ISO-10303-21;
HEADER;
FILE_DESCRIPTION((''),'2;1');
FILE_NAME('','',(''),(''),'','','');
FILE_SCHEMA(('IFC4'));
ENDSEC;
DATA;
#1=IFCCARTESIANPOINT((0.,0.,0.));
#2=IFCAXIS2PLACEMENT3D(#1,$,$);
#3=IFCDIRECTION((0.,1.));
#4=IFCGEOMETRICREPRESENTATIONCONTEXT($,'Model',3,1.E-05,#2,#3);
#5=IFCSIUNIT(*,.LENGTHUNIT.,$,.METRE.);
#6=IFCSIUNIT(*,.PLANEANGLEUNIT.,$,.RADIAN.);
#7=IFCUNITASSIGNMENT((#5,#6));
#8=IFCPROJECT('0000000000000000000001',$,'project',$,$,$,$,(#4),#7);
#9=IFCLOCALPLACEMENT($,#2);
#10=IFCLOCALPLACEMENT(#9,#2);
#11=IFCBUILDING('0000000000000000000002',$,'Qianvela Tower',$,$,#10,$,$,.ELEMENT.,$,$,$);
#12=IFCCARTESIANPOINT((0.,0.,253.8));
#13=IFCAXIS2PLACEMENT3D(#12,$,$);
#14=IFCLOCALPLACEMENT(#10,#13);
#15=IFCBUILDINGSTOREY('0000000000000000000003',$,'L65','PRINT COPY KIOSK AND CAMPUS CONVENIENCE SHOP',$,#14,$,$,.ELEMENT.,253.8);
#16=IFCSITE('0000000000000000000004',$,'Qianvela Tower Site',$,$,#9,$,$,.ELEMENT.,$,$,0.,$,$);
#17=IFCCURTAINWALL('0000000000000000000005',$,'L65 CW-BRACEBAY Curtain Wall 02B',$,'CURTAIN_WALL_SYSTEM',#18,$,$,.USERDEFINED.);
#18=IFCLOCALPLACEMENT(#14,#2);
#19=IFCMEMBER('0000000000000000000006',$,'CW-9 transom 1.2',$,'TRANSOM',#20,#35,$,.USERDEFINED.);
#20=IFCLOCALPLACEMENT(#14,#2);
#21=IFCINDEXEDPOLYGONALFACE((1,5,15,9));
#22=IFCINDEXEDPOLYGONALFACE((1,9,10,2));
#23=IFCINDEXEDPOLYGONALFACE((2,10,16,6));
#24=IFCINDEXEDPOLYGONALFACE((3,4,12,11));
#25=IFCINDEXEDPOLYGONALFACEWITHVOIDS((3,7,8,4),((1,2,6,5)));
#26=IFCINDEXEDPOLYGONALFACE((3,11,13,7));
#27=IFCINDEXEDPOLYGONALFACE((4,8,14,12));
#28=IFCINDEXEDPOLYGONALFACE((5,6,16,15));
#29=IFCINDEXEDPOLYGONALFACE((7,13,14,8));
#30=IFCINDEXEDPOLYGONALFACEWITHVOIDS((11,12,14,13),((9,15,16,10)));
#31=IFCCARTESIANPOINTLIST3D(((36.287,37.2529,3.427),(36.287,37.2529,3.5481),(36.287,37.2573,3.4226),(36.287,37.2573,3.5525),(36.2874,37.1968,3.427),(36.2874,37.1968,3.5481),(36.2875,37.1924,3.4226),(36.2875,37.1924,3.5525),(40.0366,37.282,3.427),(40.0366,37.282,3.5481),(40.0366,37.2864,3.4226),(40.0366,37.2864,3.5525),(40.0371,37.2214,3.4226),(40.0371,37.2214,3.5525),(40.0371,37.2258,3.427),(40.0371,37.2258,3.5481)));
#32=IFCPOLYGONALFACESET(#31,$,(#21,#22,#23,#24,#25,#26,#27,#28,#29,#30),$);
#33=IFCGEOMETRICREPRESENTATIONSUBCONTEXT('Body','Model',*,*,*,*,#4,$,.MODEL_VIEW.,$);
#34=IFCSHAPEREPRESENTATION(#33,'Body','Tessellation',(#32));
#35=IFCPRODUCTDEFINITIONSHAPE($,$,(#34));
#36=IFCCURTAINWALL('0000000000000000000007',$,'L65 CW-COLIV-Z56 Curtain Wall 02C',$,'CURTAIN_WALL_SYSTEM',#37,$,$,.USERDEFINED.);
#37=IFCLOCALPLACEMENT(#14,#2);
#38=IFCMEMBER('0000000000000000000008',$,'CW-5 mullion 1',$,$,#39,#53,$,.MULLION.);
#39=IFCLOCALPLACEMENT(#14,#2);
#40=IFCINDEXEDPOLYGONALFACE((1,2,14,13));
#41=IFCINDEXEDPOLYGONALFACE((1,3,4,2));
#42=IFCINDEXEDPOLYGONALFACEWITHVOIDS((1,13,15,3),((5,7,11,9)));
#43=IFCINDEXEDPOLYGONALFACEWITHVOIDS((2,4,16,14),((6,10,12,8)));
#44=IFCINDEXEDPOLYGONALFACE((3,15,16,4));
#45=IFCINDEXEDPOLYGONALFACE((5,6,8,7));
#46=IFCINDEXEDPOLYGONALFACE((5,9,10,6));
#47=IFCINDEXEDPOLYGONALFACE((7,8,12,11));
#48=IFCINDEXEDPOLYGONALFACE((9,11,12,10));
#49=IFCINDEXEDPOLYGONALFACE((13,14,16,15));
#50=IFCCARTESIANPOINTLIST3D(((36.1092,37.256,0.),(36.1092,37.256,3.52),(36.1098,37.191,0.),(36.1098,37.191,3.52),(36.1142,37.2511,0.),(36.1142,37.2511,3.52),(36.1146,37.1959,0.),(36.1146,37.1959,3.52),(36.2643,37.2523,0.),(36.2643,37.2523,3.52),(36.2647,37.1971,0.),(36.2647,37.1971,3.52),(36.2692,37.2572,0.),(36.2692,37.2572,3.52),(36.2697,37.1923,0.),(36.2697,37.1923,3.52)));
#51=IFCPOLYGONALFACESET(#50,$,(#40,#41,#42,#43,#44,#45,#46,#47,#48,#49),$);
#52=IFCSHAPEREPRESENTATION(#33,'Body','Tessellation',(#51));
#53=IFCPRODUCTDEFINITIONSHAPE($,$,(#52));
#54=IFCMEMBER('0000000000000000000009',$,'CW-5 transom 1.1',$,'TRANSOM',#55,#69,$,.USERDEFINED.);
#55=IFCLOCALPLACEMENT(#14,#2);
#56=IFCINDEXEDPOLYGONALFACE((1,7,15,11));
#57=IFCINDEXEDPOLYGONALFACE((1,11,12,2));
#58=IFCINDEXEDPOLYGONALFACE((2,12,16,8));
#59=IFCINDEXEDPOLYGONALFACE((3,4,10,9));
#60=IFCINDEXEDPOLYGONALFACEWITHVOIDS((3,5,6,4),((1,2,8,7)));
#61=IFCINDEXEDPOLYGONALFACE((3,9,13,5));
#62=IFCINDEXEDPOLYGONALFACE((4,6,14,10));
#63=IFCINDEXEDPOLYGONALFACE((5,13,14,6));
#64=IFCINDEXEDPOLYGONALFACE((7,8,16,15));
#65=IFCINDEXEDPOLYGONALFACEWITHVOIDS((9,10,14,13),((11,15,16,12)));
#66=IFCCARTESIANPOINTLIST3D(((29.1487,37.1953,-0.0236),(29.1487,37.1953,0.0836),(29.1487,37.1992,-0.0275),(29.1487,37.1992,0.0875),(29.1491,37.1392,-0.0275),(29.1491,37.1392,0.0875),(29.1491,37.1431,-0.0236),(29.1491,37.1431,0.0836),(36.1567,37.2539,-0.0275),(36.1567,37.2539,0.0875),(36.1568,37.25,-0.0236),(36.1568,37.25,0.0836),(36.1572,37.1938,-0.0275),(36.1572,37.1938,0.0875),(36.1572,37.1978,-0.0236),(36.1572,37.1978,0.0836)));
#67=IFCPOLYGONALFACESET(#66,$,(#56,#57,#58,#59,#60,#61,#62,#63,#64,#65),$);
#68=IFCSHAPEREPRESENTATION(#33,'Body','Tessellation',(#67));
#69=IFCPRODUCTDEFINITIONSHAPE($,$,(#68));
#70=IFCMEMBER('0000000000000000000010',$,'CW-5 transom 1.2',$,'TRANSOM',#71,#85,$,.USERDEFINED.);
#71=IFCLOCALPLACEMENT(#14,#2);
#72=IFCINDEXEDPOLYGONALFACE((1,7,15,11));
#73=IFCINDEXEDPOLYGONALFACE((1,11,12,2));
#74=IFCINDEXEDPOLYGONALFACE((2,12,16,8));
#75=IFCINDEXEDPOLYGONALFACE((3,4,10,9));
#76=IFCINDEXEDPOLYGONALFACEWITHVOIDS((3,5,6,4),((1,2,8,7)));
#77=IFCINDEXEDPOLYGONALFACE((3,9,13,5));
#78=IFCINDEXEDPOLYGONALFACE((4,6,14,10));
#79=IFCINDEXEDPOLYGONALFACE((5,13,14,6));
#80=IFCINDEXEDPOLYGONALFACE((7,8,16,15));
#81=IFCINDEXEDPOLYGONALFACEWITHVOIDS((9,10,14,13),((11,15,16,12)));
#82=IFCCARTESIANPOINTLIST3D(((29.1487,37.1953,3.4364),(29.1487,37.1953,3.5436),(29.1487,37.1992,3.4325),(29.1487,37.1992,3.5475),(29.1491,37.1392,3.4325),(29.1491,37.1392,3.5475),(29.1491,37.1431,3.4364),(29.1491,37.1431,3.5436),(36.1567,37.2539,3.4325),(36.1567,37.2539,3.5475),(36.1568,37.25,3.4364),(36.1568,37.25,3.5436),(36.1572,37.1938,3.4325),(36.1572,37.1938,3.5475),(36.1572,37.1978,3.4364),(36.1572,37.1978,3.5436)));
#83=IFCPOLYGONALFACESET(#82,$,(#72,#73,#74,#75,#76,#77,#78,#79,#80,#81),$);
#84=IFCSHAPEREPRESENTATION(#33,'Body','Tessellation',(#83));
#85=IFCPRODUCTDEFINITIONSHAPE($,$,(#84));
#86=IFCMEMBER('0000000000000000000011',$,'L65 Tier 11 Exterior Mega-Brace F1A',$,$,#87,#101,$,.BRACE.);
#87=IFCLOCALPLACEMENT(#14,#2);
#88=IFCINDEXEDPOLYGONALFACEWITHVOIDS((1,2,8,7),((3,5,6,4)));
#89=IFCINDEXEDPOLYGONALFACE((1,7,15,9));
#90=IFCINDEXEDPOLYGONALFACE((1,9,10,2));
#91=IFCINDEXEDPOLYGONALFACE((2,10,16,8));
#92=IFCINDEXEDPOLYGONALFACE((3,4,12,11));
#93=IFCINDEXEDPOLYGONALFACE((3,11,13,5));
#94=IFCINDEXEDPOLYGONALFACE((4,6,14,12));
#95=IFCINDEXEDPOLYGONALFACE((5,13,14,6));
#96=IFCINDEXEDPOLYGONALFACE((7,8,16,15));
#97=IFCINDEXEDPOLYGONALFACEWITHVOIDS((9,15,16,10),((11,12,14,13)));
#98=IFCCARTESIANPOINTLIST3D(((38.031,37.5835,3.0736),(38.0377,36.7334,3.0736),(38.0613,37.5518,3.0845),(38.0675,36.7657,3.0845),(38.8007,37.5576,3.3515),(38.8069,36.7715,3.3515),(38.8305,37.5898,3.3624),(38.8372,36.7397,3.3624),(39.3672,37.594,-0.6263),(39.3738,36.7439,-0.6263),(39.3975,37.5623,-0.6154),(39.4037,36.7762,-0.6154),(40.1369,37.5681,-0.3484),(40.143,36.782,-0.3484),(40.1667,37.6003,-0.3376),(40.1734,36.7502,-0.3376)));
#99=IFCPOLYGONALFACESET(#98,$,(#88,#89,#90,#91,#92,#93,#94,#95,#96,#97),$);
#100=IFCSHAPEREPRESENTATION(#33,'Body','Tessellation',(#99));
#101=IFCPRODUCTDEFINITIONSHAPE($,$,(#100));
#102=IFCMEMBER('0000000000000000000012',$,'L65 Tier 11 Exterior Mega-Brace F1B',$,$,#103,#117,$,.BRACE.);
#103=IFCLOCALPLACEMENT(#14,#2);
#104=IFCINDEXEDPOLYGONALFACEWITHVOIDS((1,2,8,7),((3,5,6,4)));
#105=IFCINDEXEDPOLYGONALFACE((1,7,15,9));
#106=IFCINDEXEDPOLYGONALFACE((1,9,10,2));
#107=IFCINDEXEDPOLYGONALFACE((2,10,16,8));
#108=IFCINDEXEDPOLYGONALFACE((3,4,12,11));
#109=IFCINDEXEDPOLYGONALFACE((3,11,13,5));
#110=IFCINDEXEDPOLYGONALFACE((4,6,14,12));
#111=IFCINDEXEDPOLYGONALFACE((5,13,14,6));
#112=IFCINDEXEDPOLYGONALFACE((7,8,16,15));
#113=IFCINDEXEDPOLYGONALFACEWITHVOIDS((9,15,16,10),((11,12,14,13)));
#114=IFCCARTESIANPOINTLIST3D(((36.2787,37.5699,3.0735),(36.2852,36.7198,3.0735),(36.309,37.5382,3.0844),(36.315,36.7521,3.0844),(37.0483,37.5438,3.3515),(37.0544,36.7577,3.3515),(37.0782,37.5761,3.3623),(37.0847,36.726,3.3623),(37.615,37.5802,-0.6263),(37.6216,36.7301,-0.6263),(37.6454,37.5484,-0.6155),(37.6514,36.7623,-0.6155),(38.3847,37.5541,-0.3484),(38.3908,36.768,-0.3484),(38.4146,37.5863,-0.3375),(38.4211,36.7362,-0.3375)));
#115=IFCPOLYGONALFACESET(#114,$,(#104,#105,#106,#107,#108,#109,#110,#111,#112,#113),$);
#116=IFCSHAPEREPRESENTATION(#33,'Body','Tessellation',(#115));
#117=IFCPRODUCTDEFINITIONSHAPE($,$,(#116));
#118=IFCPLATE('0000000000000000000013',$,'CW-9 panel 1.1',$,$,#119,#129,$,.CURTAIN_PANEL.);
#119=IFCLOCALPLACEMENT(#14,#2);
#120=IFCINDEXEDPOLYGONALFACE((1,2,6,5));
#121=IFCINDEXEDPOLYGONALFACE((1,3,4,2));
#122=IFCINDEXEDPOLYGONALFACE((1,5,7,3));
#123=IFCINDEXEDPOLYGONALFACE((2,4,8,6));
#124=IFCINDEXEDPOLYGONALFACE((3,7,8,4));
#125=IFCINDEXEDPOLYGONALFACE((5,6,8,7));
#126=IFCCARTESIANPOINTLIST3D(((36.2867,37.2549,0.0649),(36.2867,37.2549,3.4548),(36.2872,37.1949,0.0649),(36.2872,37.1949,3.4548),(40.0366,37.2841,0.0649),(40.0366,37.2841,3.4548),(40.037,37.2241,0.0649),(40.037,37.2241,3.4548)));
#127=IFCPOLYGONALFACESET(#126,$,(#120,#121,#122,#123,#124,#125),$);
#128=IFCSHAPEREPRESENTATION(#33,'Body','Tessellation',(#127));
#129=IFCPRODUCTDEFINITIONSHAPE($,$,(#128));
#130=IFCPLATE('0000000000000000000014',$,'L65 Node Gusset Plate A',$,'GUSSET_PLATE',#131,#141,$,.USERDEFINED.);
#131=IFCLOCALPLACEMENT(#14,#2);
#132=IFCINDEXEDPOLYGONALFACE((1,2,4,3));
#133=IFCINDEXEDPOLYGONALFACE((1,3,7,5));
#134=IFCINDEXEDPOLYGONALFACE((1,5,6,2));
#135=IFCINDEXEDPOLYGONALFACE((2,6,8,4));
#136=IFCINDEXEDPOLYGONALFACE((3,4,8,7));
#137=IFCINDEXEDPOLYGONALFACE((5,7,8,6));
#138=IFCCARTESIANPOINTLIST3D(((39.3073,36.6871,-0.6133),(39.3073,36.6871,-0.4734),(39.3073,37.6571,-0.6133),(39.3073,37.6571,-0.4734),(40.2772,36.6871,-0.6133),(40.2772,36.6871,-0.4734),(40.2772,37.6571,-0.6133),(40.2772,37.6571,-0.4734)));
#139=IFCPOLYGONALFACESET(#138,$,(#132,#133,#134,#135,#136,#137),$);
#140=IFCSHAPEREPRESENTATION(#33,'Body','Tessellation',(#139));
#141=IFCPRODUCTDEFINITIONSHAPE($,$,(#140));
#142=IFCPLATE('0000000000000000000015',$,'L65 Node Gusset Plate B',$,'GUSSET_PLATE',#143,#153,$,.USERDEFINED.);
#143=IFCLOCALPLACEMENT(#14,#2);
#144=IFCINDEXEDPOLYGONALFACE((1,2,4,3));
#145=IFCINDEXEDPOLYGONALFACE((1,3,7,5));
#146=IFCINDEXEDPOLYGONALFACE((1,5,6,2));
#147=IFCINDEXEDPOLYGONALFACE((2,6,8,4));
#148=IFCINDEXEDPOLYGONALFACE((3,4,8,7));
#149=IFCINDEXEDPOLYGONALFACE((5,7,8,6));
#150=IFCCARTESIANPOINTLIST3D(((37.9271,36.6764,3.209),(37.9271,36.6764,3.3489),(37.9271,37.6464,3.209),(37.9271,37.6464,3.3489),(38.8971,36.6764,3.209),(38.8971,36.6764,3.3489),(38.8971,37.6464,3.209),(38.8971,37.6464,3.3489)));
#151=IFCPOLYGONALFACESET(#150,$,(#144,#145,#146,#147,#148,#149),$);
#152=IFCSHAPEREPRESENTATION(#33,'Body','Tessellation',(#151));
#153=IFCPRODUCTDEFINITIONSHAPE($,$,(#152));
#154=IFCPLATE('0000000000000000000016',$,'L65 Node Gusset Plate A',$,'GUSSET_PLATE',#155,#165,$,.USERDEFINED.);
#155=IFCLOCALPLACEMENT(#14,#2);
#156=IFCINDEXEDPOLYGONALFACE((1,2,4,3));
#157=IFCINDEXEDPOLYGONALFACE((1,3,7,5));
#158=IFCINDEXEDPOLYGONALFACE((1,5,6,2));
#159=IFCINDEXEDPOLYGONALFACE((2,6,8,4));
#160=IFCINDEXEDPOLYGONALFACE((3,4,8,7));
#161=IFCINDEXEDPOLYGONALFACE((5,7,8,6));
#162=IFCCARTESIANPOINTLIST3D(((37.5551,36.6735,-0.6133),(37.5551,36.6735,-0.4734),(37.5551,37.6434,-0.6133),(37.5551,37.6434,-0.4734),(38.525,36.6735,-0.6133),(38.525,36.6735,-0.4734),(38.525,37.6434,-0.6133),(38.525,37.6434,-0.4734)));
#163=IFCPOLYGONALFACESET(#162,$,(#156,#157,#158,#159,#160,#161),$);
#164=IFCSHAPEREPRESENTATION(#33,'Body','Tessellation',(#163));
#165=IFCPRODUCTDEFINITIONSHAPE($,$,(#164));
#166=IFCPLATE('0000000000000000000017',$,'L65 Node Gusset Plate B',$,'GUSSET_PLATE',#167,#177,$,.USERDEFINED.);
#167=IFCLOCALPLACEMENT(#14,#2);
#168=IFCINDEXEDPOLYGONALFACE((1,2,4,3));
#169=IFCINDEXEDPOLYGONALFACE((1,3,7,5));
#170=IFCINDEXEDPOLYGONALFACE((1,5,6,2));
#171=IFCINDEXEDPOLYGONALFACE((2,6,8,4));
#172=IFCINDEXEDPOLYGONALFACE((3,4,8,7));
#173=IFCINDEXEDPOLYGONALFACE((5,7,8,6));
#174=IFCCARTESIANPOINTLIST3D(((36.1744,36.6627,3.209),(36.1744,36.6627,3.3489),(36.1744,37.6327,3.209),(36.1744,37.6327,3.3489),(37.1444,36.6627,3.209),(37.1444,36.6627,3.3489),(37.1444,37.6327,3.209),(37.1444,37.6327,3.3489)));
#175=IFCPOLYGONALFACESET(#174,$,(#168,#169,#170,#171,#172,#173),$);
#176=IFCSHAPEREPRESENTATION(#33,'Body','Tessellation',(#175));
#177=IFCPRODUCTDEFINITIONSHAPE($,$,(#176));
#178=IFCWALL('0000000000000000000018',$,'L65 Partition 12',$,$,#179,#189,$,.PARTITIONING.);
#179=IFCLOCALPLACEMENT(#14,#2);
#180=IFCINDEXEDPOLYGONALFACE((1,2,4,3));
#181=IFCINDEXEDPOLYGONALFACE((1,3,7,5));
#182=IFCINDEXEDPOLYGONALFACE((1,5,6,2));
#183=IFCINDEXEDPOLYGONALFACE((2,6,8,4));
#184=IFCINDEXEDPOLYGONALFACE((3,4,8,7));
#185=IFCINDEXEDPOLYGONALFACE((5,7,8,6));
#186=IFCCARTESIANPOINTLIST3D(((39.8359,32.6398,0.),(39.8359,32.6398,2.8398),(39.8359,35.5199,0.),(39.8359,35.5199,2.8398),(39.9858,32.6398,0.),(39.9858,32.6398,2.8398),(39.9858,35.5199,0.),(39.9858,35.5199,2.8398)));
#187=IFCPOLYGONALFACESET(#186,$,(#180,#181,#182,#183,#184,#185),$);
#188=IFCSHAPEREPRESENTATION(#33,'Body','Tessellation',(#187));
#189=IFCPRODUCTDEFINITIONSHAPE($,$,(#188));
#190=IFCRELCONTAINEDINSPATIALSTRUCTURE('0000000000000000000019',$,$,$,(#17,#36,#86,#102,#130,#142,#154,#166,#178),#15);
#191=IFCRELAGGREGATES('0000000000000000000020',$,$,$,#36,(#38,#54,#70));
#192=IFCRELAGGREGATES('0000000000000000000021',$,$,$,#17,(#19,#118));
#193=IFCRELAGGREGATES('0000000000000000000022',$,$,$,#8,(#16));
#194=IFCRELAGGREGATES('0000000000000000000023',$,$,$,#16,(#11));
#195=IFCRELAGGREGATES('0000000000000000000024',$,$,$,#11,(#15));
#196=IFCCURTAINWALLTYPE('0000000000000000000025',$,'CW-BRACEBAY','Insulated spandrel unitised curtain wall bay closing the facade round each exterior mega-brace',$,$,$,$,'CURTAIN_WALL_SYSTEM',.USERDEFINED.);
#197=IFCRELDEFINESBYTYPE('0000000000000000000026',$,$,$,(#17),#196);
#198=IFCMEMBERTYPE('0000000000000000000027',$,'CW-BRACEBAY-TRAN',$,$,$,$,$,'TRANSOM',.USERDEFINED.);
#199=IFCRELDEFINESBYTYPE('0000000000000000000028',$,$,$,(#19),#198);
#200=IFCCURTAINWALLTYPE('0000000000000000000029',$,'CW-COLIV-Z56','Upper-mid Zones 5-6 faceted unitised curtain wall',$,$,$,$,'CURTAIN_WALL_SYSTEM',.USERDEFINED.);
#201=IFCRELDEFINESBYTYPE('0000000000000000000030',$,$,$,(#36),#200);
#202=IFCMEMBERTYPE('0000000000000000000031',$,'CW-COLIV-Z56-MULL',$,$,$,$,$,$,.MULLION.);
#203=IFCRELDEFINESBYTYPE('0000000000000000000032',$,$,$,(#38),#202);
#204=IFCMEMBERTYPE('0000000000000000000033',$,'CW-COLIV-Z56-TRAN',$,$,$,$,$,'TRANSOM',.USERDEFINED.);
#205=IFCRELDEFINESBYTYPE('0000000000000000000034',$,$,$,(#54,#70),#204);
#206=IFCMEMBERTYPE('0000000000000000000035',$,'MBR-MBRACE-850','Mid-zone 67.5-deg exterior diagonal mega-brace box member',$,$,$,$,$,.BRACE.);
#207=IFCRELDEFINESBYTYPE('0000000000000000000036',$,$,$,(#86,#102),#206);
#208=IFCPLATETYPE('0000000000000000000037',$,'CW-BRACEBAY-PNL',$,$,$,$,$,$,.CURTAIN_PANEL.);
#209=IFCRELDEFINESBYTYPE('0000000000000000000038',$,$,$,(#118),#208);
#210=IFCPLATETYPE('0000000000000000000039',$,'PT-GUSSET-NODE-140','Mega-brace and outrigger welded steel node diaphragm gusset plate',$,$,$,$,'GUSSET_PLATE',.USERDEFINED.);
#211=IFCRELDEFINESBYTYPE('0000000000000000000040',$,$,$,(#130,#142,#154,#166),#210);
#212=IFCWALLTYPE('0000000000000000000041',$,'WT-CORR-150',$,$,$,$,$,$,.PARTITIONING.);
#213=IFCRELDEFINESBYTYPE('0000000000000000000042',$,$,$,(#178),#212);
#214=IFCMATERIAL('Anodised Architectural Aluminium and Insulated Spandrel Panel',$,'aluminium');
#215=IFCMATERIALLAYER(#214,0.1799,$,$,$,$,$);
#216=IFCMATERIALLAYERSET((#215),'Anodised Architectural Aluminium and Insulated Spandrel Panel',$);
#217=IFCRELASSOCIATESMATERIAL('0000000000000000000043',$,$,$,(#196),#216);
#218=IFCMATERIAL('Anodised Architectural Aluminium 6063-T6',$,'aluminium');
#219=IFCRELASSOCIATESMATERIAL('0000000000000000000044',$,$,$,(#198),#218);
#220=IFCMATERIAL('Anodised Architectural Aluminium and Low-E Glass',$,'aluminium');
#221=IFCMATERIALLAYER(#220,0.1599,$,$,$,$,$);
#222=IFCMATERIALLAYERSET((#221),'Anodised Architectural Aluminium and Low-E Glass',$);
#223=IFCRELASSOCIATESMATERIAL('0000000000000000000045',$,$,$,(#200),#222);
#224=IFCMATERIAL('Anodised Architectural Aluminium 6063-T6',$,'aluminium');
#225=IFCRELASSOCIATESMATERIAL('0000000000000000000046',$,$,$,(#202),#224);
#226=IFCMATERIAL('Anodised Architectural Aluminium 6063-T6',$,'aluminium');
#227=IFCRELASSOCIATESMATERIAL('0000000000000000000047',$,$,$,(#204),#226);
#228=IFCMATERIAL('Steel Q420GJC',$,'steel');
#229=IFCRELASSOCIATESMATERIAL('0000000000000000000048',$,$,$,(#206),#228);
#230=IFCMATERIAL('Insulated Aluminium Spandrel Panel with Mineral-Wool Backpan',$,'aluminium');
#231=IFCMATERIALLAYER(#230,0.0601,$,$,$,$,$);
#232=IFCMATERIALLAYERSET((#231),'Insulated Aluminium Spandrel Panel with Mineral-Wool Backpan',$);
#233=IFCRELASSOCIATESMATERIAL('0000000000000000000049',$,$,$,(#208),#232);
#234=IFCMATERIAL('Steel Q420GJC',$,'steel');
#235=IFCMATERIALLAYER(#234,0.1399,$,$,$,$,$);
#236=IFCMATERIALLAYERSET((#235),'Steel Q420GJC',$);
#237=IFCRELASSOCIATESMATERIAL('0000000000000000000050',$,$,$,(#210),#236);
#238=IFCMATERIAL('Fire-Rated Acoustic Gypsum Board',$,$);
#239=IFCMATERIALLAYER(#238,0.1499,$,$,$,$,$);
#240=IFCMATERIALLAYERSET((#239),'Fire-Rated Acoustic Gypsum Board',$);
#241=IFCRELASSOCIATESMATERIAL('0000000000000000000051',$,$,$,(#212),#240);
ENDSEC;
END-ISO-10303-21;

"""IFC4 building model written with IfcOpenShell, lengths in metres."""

from ifc_helpers import new_model, si_unit, direction, frame, frame_2d, origin, origin_2d, place, context, subcontext, project, spatial, rectangle, hollow_rectangle, extrude, material, layer, layer_set, material_profile, profile_set, type_object, element, aggregate, save


model = new_model("IFC4")

# Units and contexts
model_context = context("Model", 3, precision=1e-05, world=origin(), true_north=direction((0.0, 1.0)))
body_context = subcontext(model_context, "Body", "Model", "MODEL_VIEW")
ifc_project = project(units=[si_unit("LENGTHUNIT", "METRE"), si_unit("PLANEANGLEUNIT", "RADIAN")], contexts=[model_context])

# Site, building, storey
site_placement = place(None, origin())
site = spatial("IfcSite", under=ifc_project, at=site_placement, Name="Qianvela Tower Site", CompositionType="ELEMENT", RefElevation=0.0)
building_placement = place(site_placement, origin())
building = spatial("IfcBuilding", under=site, at=building_placement, Name="Qianvela Tower", CompositionType="ELEMENT")
storey_placement = place(building_placement, frame((0.0, 0.0, 253.8)))
storey = spatial("IfcBuildingStorey", under=building, at=storey_placement, Name="L65", Description="PRINT COPY KIOSK AND CAMPUS CONVENIENCE SHOP", CompositionType="ELEMENT", Elevation=253.8)

# Curtain walls, members
ifc_material_1 = material(Name="Anodised Architectural Aluminium and Insulated Spandrel Panel", Category="aluminium")
ifc_layer_1 = layer(ifc_material_1, 0.1799)
ifc_layer_set_1 = layer_set([ifc_layer_1], Name="Anodised Architectural Aluminium and Insulated Spandrel Panel")
curtain_wall_type_1 = type_object("IfcCurtainWallType", Name="CW-BRACEBAY", Description="Insulated spandrel unitised curtain wall bay closing the facade round each exterior mega-brace", ElementType="CURTAIN_WALL_SYSTEM", PredefinedType="USERDEFINED", material=ifc_layer_set_1)
curtain_wall_1_placement = place(storey_placement, origin())
curtain_wall_1 = element("IfcCurtainWall", 1, at=curtain_wall_1_placement, inside=storey, type_object=curtain_wall_type_1, Name="L65 CW-BRACEBAY Curtain Wall 02B", ObjectType="CURTAIN_WALL_SYSTEM", PredefinedType="USERDEFINED")
ifc_material_2 = material(Name="Anodised Architectural Aluminium 6063-T6", Category="aluminium")
ifc_material_profile_1 = material_profile(ifc_material_2, hollow_rectangle(XDim=0.0649, YDim=0.1299, WallThickness=0.0044, at=origin_2d()), Name="ALU-TRAN-65x130")
ifc_profile_set_1 = profile_set([ifc_material_profile_1], Name="Anodised Architectural Aluminium 6063-T6")
member_type_1 = type_object("IfcMemberType", Name="CW-BRACEBAY-TRAN", ElementType="TRANSOM", PredefinedType="USERDEFINED", material=ifc_profile_set_1)
member_1_placement = place(storey_placement, frame((40.0369, 37.2539, 3.4875), z_axis=(-0.99997, -0.007748, 0.0), x_axis=(0.007748, -0.99997, 0.0)))
member_1 = element("IfcMember", 2, at=member_1_placement, type_object=member_type_1, Name="CW-9 transom 1.2", ObjectType="TRANSOM", PredefinedType="USERDEFINED", context=body_context, shape_type="SweptSolid", body=[
    extrude(hollow_rectangle(XDim=0.0649, YDim=0.1299, WallThickness=0.0044, at=origin_2d()), origin(), (0.0, 0.0, 1.0), 3.7498),
])
ifc_material_3 = material(Name="Anodised Architectural Aluminium and Low-E Glass", Category="aluminium")
ifc_layer_2 = layer(ifc_material_3, 0.1599)
ifc_layer_set_2 = layer_set([ifc_layer_2], Name="Anodised Architectural Aluminium and Low-E Glass")
curtain_wall_type_2 = type_object("IfcCurtainWallType", Name="CW-COLIV-Z56", Description="Upper-mid Zones 5-6 faceted unitised curtain wall", ElementType="CURTAIN_WALL_SYSTEM", PredefinedType="USERDEFINED", material=ifc_layer_set_2)
curtain_wall_2_placement = place(storey_placement, origin())
curtain_wall_2 = element("IfcCurtainWall", 3, at=curtain_wall_2_placement, inside=storey, type_object=curtain_wall_type_2, Name="L65 CW-COLIV-Z56 Curtain Wall 02C", ObjectType="CURTAIN_WALL_SYSTEM", PredefinedType="USERDEFINED")
ifc_material_4 = material(Name="Anodised Architectural Aluminium 6063-T6", Category="aluminium")
ifc_material_profile_2 = material_profile(ifc_material_4, hollow_rectangle(XDim=0.0649, YDim=0.1599, WallThickness=0.0049, at=origin_2d()), Name="ALU-MULL-65x160")
ifc_profile_set_2 = profile_set([ifc_material_profile_2], Name="Anodised Architectural Aluminium 6063-T6")
member_type_2 = type_object("IfcMemberType", Name="CW-COLIV-Z56-MULL", PredefinedType="MULLION", material=ifc_profile_set_2)
member_2_placement = place(storey_placement, frame((36.1895, 37.2241, 0.0), z_axis=(0.0, 0.0, 1.0), x_axis=(0.007804, -0.99997, 0.0)))
member_2 = element("IfcMember", 4, at=member_2_placement, type_object=member_type_2, Name="CW-5 mullion 1", PredefinedType="MULLION", context=body_context, shape_type="SweptSolid", body=[
    extrude(hollow_rectangle(XDim=0.0649, YDim=0.1599, WallThickness=0.0049, at=origin_2d()), origin(), (0.0, 0.0, 1.0), 3.52),
])
ifc_material_5 = material(Name="Anodised Architectural Aluminium 6063-T6", Category="aluminium")
ifc_material_profile_3 = material_profile(ifc_material_5, hollow_rectangle(XDim=0.0601, YDim=0.115, WallThickness=0.0039, at=origin_2d()), Name="ALU-TRAN-60x115")
ifc_profile_set_3 = profile_set([ifc_material_profile_3], Name="Anodised Architectural Aluminium 6063-T6")
member_type_3 = type_object("IfcMemberType", Name="CW-COLIV-Z56-TRAN", ElementType="TRANSOM", PredefinedType="USERDEFINED", material=ifc_profile_set_3)
member_3_placement = place(storey_placement, frame((36.157, 37.2239, 0.03), z_axis=(-0.99997, -0.007803, 0.0), x_axis=(0.007803, -0.99997, 0.0)))
member_3 = element("IfcMember", 5, at=member_3_placement, type_object=member_type_3, Name="CW-5 transom 1.1", ObjectType="TRANSOM", PredefinedType="USERDEFINED", context=body_context, shape_type="SweptSolid", body=[
    extrude(hollow_rectangle(XDim=0.0601, YDim=0.115, WallThickness=0.0039, at=origin_2d()), origin(), (0.0, 0.0, 1.0), 7.0083),
])
member_4_placement = place(storey_placement, frame((36.157, 37.2239, 3.49), z_axis=(-0.99997, -0.007803, 0.0), x_axis=(0.007803, -0.99997, 0.0)))
member_4 = element("IfcMember", 6, at=member_4_placement, type_object=member_type_3, Name="CW-5 transom 1.2", ObjectType="TRANSOM", PredefinedType="USERDEFINED", context=body_context, shape_type="SweptSolid", body=[
    extrude(hollow_rectangle(XDim=0.0601, YDim=0.115, WallThickness=0.0039, at=origin_2d()), origin(), (0.0, 0.0, 1.0), 7.0083),
])
aggregate(curtain_wall_2, [member_2, member_3, member_4])

# Members
ifc_material_6 = material(Name="Steel Q420GJC", Category="steel")
ifc_material_profile_4 = material_profile(ifc_material_6, hollow_rectangle(XDim=0.8501, YDim=0.8501, WallThickness=0.032, at=origin_2d()), Name="MBOX-850x850x32")
ifc_profile_set_4 = profile_set([ifc_material_profile_4], Name="Steel Q420GJC")
member_type_4 = type_object("IfcMemberType", Name="MBR-MBRACE-850", Description="Mid-zone 67.5-deg exterior diagonal mega-brace box member", PredefinedType="BRACE", material=ifc_profile_set_4)
for number, where, z_axis, x_axis, name in (
    (7, (39.7703, 37.1721, -0.4819), (-0.339663, -0.002669, 0.940543), (0.007857, -0.999969, 0.0), "L65 Tier 11 Exterior Mega-Brace F1A"),
    (8, (38.0181, 37.1582, -0.4819), (-0.339718, -0.002607, 0.940524), (0.007672, -0.999971, 0.0), "L65 Tier 11 Exterior Mega-Brace F1B"),
):
    element("IfcMember", number, at=place(storey_placement, frame(where, z_axis=z_axis, x_axis=x_axis)), inside=storey, type_object=member_type_4, Name=name, PredefinedType="BRACE", context=body_context, shape_type="SweptSolid", body=[
        extrude(hollow_rectangle(XDim=0.8501, YDim=0.8501, WallThickness=0.032, at=origin_2d()), origin(), (0.0, 0.0, 1.0), 3.9338),
    ])

# Plate
ifc_material_7 = material(Name="Insulated Aluminium Spandrel Panel with Mineral-Wool Backpan", Category="aluminium")
ifc_layer_3 = layer(ifc_material_7, 0.0601)
ifc_layer_set_3 = layer_set([ifc_layer_3], Name="Insulated Aluminium Spandrel Panel with Mineral-Wool Backpan")
plate_type_1 = type_object("IfcPlateType", Name="CW-BRACEBAY-PNL", PredefinedType="CURTAIN_PANEL", material=ifc_layer_set_3)
plate_placement = place(storey_placement, frame((38.1619, 37.2395, 0.0649), z_axis=(0.0, 0.0, 1.0), x_axis=(-0.99997, -0.007783, 0.0)))
plate = element("IfcPlate", 9, at=plate_placement, type_object=plate_type_1, Name="CW-9 panel 1.1", PredefinedType="CURTAIN_PANEL", context=body_context, shape_type="SweptSolid", body=[
    extrude(rectangle(XDim=3.75, YDim=0.0601, at=origin_2d()), origin(), (0.0, 0.0, 1.0), 3.3899),
])
aggregate(curtain_wall_1, [member_1, plate])

# Plates
ifc_material_8 = material(Name="Steel Q420GJC", Category="steel")
ifc_layer_4 = layer(ifc_material_8, 0.1399)
ifc_layer_set_4 = layer_set([ifc_layer_4], Name="Steel Q420GJC")
plate_type_2 = type_object("IfcPlateType", Name="PT-GUSSET-NODE-140", Description="Mega-brace and outrigger welded steel node diaphragm gusset plate", ElementType="GUSSET_PLATE", PredefinedType="USERDEFINED", material=ifc_layer_set_4)
for number, where, z_axis, x_axis, name in (
    (10, (39.7922, 37.1721, -0.6133), (0.0, 0.0, 1.0), (1.0, 0.0, 0.0), "L65 Node Gusset Plate A"),
    (11, (38.4121, 37.1614, 3.209), (0.0, 0.0, 1.0), (1.0, 0.0, 0.0), "L65 Node Gusset Plate B"),
    (12, (38.04, 37.1584, -0.6133), (0.0, 0.0, 1.0), (1.0, 0.0, 0.0), "L65 Node Gusset Plate A"),
    (13, (36.6594, 37.1477, 3.209), (0.0, 0.0, 1.0), (1.0, 0.0, 0.0), "L65 Node Gusset Plate B"),
):
    element("IfcPlate", number, at=place(storey_placement, frame(where, z_axis=z_axis, x_axis=x_axis)), inside=storey, type_object=plate_type_2, Name=name, ObjectType="GUSSET_PLATE", PredefinedType="USERDEFINED", context=body_context, shape_type="SweptSolid", body=[
        extrude(rectangle(XDim=0.97, YDim=0.97, at=origin_2d()), origin(), (0.0, 0.0, 1.0), 0.1399),
    ])

# Wall
ifc_material_9 = material(Name="Fire-Rated Acoustic Gypsum Board")
ifc_layer_5 = layer(ifc_material_9, 0.1499)
ifc_layer_set_5 = layer_set([ifc_layer_5], Name="Fire-Rated Acoustic Gypsum Board")
wall_type_1 = type_object("IfcWallType", Name="WT-CORR-150", PredefinedType="PARTITIONING", material=ifc_layer_set_5)
wall_1_placement = place(storey_placement, frame((39.9109, 32.6399, 0.0), z_axis=(0.0, 0.0, 1.0), x_axis=(0.0, 1.0, 0.0)))
element("IfcWall", 14, at=wall_1_placement, inside=storey, type_object=wall_type_1, Name="L65 Partition 12", PredefinedType="PARTITIONING", context=body_context, shape_type="SweptSolid", body=[
    extrude(rectangle(XDim=2.8801, YDim=0.1499, at=frame_2d((1.4399, 0.0))), origin(), (0.0, 0.0, 1.0), 2.8398),
])

save(model, "model.ifc")
